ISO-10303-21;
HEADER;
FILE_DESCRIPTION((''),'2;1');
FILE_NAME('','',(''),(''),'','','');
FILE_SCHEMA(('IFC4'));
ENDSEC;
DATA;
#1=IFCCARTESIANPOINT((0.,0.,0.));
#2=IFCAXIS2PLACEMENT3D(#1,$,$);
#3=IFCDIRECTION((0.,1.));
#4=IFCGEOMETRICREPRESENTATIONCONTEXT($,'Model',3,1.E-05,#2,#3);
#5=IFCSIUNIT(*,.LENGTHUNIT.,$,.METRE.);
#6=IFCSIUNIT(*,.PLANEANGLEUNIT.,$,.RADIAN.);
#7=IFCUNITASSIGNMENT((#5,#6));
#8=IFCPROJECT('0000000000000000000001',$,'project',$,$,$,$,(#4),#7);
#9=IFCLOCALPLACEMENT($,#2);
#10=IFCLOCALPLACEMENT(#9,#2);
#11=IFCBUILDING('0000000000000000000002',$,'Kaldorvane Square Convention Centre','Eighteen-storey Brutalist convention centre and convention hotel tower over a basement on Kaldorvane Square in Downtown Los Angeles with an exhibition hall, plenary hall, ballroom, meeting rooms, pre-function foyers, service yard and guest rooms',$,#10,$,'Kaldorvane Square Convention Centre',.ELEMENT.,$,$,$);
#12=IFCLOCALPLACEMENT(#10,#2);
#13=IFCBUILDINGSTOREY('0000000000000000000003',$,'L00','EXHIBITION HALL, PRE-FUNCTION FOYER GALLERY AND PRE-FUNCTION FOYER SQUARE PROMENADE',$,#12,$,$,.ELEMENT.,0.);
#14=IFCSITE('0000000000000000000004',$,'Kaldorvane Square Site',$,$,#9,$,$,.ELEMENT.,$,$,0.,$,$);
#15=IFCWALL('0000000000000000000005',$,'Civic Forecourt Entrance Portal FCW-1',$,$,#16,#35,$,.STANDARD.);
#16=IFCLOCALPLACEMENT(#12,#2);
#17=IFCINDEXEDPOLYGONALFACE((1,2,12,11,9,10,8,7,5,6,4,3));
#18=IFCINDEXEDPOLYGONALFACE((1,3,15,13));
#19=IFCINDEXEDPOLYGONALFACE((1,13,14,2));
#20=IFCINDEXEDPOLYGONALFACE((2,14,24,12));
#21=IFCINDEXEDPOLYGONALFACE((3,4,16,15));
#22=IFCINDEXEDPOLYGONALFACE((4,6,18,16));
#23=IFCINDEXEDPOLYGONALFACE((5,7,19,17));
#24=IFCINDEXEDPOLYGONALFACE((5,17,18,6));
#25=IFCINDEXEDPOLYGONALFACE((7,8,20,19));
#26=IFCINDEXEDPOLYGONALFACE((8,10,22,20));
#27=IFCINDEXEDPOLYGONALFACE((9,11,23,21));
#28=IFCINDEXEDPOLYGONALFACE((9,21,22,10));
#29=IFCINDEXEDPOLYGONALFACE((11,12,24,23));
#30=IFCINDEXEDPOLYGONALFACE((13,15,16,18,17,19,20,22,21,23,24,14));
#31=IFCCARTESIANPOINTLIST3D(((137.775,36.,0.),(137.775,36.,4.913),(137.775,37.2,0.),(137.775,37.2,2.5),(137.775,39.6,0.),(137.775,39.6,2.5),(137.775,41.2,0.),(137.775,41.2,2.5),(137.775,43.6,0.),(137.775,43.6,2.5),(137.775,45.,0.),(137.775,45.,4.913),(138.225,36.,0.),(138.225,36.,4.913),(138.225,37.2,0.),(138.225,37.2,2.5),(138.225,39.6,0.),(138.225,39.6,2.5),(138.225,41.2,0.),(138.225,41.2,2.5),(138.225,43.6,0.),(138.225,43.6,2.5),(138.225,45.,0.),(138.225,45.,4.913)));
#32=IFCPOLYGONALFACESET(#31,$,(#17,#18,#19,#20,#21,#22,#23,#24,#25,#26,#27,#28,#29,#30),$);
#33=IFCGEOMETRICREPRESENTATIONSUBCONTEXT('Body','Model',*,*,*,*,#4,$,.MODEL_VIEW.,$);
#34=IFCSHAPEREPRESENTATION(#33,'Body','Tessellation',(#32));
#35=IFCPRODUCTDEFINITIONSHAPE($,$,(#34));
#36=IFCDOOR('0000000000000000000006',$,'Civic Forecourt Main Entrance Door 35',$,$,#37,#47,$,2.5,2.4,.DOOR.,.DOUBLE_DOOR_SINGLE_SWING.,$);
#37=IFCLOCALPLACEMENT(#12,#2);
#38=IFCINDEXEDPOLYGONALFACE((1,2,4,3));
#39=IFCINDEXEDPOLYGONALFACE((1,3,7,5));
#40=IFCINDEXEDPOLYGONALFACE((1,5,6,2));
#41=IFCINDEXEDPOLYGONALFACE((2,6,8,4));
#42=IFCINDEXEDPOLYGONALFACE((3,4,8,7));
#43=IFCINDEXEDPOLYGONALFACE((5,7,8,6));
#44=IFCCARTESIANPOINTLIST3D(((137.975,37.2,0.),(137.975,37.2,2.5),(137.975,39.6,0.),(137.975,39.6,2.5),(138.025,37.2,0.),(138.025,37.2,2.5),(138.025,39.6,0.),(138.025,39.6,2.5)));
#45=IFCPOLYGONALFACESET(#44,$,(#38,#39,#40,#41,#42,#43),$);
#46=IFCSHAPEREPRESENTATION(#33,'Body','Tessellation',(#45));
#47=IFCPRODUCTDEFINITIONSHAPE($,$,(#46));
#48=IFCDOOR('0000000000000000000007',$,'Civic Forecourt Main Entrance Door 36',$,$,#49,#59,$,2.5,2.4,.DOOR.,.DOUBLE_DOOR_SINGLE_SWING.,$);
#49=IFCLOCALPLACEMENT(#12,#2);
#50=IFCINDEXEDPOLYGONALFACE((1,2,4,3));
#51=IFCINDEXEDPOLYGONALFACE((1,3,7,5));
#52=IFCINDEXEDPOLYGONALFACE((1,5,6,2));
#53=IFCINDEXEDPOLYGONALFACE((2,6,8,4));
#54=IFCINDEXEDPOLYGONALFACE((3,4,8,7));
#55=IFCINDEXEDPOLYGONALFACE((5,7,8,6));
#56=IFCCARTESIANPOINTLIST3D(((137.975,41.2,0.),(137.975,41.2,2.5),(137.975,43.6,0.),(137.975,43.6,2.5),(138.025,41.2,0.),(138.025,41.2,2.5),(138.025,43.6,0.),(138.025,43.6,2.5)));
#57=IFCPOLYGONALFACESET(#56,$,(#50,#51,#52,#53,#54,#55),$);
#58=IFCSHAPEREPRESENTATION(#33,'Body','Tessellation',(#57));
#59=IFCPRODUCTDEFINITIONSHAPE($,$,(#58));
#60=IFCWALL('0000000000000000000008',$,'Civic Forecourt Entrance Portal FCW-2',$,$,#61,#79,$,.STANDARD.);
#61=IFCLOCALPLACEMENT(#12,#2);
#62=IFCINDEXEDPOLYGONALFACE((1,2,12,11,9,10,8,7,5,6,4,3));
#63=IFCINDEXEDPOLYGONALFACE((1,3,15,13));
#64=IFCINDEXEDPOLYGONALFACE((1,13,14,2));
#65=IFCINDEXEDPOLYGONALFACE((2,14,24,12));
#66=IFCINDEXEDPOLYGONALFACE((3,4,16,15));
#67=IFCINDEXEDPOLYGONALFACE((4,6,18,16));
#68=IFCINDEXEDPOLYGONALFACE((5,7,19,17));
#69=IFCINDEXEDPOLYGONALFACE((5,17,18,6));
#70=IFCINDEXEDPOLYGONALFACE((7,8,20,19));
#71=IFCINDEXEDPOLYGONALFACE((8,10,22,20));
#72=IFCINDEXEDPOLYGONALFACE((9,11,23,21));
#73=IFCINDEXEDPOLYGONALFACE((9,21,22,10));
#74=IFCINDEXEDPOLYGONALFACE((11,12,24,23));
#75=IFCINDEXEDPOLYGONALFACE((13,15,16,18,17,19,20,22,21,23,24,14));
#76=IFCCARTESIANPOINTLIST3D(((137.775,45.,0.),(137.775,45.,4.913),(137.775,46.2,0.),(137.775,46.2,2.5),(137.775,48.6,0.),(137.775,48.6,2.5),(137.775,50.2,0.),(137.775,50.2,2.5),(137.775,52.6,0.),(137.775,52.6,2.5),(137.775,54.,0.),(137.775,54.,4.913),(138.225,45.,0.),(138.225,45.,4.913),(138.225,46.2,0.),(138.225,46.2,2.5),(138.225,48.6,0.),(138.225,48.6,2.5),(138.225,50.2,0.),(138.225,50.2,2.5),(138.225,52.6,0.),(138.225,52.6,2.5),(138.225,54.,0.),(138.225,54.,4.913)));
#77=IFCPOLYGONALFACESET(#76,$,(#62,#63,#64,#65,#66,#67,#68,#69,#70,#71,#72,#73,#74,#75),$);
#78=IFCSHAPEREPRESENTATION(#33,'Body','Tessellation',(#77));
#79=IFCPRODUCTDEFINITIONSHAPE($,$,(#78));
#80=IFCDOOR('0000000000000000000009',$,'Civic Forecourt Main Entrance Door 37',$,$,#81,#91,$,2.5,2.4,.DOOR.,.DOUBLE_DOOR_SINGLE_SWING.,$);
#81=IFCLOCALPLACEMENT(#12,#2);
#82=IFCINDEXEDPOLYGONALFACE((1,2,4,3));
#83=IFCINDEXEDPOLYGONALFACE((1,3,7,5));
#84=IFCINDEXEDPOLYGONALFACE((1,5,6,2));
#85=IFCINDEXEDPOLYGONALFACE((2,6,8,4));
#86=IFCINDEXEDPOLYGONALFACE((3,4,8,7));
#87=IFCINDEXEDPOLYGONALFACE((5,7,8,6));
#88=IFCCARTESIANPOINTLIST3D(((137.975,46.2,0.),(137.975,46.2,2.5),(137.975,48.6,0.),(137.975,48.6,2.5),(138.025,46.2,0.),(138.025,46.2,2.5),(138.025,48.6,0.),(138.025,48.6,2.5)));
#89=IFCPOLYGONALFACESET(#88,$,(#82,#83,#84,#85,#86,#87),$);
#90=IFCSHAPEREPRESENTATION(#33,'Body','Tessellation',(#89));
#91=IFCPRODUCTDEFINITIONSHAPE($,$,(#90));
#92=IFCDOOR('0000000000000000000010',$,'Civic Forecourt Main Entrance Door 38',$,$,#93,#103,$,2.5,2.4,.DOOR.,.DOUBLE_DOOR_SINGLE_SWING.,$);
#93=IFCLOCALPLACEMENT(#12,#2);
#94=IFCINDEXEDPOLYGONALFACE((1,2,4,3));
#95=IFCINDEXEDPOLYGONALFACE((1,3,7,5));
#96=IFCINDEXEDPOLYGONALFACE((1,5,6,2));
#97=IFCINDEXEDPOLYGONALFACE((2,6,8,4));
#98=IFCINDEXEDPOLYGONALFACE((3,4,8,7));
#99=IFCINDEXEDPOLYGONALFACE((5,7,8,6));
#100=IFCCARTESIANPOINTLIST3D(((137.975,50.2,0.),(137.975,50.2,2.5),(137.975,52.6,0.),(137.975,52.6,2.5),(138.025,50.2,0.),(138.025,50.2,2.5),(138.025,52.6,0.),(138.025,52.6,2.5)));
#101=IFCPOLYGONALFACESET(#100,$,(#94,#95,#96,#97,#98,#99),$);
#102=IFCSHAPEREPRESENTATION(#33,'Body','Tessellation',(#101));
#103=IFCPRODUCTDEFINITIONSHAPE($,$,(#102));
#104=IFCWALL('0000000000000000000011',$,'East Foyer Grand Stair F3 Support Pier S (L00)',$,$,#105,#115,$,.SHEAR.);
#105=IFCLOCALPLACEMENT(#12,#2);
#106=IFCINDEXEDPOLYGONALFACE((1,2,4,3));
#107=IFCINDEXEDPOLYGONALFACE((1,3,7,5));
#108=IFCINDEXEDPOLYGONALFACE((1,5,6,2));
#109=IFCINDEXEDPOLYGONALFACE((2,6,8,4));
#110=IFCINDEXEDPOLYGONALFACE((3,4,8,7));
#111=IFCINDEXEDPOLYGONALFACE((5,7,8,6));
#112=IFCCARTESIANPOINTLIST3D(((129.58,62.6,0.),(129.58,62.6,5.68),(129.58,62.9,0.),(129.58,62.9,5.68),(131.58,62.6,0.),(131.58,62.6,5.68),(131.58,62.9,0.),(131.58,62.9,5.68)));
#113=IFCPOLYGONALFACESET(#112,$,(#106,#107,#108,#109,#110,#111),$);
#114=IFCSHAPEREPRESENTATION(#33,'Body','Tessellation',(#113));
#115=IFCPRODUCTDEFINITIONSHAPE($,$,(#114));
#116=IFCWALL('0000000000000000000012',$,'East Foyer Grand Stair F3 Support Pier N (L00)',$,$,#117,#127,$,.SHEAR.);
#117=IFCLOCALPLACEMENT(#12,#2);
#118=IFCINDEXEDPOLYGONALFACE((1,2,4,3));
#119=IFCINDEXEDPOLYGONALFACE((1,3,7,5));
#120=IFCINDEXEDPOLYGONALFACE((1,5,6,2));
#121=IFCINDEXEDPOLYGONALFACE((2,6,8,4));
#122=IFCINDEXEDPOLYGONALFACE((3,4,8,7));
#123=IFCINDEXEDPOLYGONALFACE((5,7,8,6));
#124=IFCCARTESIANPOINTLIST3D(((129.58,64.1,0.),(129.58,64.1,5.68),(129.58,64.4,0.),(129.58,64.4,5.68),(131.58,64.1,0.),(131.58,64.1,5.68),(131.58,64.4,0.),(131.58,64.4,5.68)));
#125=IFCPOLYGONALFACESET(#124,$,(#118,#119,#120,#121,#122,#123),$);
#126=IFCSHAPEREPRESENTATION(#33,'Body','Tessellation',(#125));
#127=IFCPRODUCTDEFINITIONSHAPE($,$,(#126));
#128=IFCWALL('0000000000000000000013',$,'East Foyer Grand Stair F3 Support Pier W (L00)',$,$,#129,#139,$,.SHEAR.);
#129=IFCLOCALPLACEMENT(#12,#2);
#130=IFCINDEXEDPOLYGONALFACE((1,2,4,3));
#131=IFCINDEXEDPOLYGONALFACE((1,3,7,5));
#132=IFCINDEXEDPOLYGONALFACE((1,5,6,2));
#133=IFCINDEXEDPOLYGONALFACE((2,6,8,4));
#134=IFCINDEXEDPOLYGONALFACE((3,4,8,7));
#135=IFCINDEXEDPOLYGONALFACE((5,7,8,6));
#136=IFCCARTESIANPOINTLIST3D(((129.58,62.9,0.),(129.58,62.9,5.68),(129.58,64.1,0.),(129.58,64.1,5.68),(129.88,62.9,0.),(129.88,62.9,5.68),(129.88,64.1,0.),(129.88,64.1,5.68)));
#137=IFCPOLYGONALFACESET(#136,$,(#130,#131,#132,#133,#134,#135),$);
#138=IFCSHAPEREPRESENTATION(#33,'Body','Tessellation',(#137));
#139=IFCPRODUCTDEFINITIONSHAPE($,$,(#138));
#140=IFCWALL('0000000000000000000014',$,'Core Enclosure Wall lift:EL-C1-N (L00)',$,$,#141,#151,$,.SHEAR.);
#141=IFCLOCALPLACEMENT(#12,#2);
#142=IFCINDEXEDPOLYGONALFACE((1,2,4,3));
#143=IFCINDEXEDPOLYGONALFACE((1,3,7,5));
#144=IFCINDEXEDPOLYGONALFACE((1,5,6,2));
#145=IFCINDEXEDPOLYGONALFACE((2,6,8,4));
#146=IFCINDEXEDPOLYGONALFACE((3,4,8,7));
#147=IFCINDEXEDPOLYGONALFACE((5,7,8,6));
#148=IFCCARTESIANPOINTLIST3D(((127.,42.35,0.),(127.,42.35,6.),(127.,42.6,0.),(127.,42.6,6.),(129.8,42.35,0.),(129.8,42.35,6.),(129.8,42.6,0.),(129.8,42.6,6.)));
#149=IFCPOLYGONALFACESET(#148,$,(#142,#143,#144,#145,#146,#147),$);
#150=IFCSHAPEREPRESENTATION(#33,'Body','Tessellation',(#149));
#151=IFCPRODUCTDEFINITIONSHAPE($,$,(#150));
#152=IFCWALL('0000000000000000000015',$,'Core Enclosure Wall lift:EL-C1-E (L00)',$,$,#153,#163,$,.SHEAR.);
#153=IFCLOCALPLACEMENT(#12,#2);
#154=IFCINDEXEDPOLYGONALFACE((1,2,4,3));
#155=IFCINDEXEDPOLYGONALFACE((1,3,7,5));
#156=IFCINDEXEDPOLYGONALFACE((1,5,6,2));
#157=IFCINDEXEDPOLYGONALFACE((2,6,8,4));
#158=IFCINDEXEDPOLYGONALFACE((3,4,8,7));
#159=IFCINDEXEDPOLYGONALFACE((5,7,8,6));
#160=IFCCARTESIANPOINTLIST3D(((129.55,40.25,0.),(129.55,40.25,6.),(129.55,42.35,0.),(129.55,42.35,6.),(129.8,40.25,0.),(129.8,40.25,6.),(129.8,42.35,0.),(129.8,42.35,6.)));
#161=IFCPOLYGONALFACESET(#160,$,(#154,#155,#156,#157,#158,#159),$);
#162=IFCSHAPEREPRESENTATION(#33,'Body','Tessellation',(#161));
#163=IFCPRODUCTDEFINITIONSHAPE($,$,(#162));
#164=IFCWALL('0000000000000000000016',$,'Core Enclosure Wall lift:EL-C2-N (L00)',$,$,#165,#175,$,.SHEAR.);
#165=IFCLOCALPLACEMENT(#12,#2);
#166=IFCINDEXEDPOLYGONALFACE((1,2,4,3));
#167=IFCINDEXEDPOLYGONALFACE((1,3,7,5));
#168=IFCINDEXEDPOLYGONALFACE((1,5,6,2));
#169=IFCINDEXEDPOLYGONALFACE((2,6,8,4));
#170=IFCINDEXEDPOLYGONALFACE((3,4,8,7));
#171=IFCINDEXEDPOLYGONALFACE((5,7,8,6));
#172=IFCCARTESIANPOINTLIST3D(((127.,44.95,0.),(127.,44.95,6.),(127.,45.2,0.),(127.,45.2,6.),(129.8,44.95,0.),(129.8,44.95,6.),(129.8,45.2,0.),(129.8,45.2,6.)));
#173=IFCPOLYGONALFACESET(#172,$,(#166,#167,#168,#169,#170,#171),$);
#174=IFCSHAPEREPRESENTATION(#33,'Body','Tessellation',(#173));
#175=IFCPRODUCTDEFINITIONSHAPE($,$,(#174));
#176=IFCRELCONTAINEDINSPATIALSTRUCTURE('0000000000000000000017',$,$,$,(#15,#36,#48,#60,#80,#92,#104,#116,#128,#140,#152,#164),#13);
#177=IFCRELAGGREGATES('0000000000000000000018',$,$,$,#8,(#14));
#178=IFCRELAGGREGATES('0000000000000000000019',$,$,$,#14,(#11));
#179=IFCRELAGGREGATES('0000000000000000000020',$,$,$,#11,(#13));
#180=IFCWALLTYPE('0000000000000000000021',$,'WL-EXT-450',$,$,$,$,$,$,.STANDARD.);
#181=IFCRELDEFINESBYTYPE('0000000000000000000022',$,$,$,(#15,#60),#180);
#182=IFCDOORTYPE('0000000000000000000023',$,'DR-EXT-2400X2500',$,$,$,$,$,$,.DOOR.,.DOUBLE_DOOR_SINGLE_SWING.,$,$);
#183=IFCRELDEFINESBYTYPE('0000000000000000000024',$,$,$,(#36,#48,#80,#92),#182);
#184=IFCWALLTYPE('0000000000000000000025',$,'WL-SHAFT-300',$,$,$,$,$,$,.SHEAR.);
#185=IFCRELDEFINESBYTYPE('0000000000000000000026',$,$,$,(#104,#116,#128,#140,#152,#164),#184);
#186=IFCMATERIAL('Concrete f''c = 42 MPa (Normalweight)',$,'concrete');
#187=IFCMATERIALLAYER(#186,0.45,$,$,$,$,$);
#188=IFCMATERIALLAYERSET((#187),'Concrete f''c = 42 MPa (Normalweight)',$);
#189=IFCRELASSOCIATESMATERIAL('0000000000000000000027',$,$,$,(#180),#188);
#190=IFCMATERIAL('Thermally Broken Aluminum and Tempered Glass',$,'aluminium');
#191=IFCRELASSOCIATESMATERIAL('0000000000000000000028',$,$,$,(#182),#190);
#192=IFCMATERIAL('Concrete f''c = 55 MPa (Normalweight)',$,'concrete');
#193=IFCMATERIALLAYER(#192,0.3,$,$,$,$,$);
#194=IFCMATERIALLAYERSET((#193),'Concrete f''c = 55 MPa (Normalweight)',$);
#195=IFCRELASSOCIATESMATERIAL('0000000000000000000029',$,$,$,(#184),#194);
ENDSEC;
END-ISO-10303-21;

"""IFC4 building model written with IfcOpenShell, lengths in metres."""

from ifc_helpers import new_model, si_unit, direction, frame, frame_2d, origin, place, context, subcontext, project, spatial, rectangle, extrude, material, layer, layer_set, type_object, element, fill, save


model = new_model("IFC4")

# Units and contexts
model_context = context("Model", 3, precision=1e-05, world=origin(), true_north=direction((0.0, 1.0)))
body_context = subcontext(model_context, "Body", "Model", "MODEL_VIEW")
ifc_project = project(units=[si_unit("LENGTHUNIT", "METRE"), si_unit("PLANEANGLEUNIT", "RADIAN")], contexts=[model_context])

# Site, building, storey
site_placement = place(None, origin())
site = spatial("IfcSite", under=ifc_project, at=site_placement, Name="Kaldorvane Square Site", CompositionType="ELEMENT", RefElevation=0.0)
building_placement = place(site_placement, origin())
building = spatial("IfcBuilding", under=site, at=building_placement, Name="Kaldorvane Square Convention Centre", Description="Eighteen-storey Brutalist convention centre and convention hotel tower over a basement on Kaldorvane Square in Downtown Los Angeles with an exhibition hall, plenary hall, ballroom, meeting rooms, pre-function foyers, service yard and guest rooms", LongName="Kaldorvane Square Convention Centre", CompositionType="ELEMENT")
storey_placement = place(building_placement, origin())
storey = spatial("IfcBuildingStorey", under=building, at=storey_placement, Name="L00", Description="EXHIBITION HALL, PRE-FUNCTION FOYER GALLERY AND PRE-FUNCTION FOYER SQUARE PROMENADE", CompositionType="ELEMENT", Elevation=0.0)

# Walls, openings, doors
ifc_material_1 = material(Name="Concrete f'c = 42 MPa (Normalweight)", Category="concrete")
ifc_layer_1 = layer(ifc_material_1, 0.45)
ifc_layer_set_1 = layer_set([ifc_layer_1], Name="Concrete f'c = 42 MPa (Normalweight)")
wall_type_1 = type_object("IfcWallType", Name="WL-EXT-450", PredefinedType="STANDARD", material=ifc_layer_set_1)
wall_1_placement = place(storey_placement, frame((138.0, 36.0, 0.0), z_axis=(0.0, 0.0, 1.0), x_axis=(0.0, 1.0, 0.0)))
wall_1 = element("IfcWall", 1, at=wall_1_placement, inside=storey, type_object=wall_type_1, Name="Civic Forecourt Entrance Portal FCW-1", PredefinedType="STANDARD", context=body_context, shape_type="SweptSolid", body=[
    extrude(rectangle(XDim=9.0, YDim=0.45, at=frame_2d((4.5, 0.0))), origin(), (0.0, 0.0, 1.0), 4.913),
])
opening_1_placement = place(wall_1_placement, frame((1.2, 0.0, 0.0)))
opening_1 = element("IfcOpeningElement", 2, at=opening_1_placement, cuts=wall_1, PredefinedType="OPENING", context=body_context, shape_type="SweptSolid", body=[
    extrude(rectangle(XDim=2.4, YDim=2.5, at=frame_2d((1.2, 1.25))), frame((0.0, 0.24, 0.0), z_axis=(0.0, -1.0, 0.0), x_axis=(1.0, 0.0, 0.0)), (0.0, 0.0, 1.0), 0.48),
])
opening_2_placement = place(wall_1_placement, frame((5.2, 0.0, 0.0)))
opening_2 = element("IfcOpeningElement", 3, at=opening_2_placement, cuts=wall_1, PredefinedType="OPENING", context=body_context, shape_type="SweptSolid", body=[
    extrude(rectangle(XDim=2.4, YDim=2.5, at=frame_2d((1.2, 1.25))), frame((0.0, 0.24, 0.0), z_axis=(0.0, -1.0, 0.0), x_axis=(1.0, 0.0, 0.0)), (0.0, 0.0, 1.0), 0.48),
])
ifc_material_2 = material(Name="Thermally Broken Aluminum and Tempered Glass", Category="aluminium")
door_type = type_object("IfcDoorType", Name="DR-EXT-2400X2500", OperationType="DOUBLE_DOOR_SINGLE_SWING", PredefinedType="DOOR", material=ifc_material_2)
door_1_placement = place(opening_1_placement, origin())
door_1 = element("IfcDoor", 4, at=door_1_placement, inside=storey, type_object=door_type, Name="Civic Forecourt Main Entrance Door 35", OperationType="DOUBLE_DOOR_SINGLE_SWING", OverallHeight=2.5, OverallWidth=2.4, PredefinedType="DOOR", context=body_context, shape_type="SweptSolid", body=[
    extrude(rectangle(XDim=2.4, YDim=2.5, at=frame_2d((1.2, 1.25))), frame((0.0, 0.025, 0.0), z_axis=(0.0, -1.0, 0.0), x_axis=(1.0, 0.0, 0.0)), (0.0, 0.0, 1.0), 0.05),
])
fill(opening_1, door_1)
door_2_placement = place(opening_2_placement, origin())
door_2 = element("IfcDoor", 5, at=door_2_placement, inside=storey, type_object=door_type, Name="Civic Forecourt Main Entrance Door 36", OperationType="DOUBLE_DOOR_SINGLE_SWING", OverallHeight=2.5, OverallWidth=2.4, PredefinedType="DOOR", context=body_context, shape_type="SweptSolid", body=[
    extrude(rectangle(XDim=2.4, YDim=2.5, at=frame_2d((1.2, 1.25))), frame((0.0, 0.025, 0.0), z_axis=(0.0, -1.0, 0.0), x_axis=(1.0, 0.0, 0.0)), (0.0, 0.0, 1.0), 0.05),
])
fill(opening_2, door_2)
wall_2_placement = place(storey_placement, frame((138.0, 45.0, 0.0), z_axis=(0.0, 0.0, 1.0), x_axis=(0.0, 1.0, 0.0)))
wall_2 = element("IfcWall", 6, at=wall_2_placement, inside=storey, type_object=wall_type_1, Name="Civic Forecourt Entrance Portal FCW-2", PredefinedType="STANDARD", context=body_context, shape_type="SweptSolid", body=[
    extrude(rectangle(XDim=9.0, YDim=0.45, at=frame_2d((4.5, 0.0))), origin(), (0.0, 0.0, 1.0), 4.913),
])
opening_3_placement = place(wall_2_placement, frame((1.2, 0.0, 0.0)))
opening_3 = element("IfcOpeningElement", 7, at=opening_3_placement, cuts=wall_2, PredefinedType="OPENING", context=body_context, shape_type="SweptSolid", body=[
    extrude(rectangle(XDim=2.4, YDim=2.5, at=frame_2d((1.2, 1.25))), frame((0.0, 0.24, 0.0), z_axis=(0.0, -1.0, 0.0), x_axis=(1.0, 0.0, 0.0)), (0.0, 0.0, 1.0), 0.48),
])
opening_4_placement = place(wall_2_placement, frame((5.2, 0.0, 0.0)))
opening_4 = element("IfcOpeningElement", 8, at=opening_4_placement, cuts=wall_2, PredefinedType="OPENING", context=body_context, shape_type="SweptSolid", body=[
    extrude(rectangle(XDim=2.4, YDim=2.5, at=frame_2d((1.2, 1.25))), frame((0.0, 0.24, 0.0), z_axis=(0.0, -1.0, 0.0), x_axis=(1.0, 0.0, 0.0)), (0.0, 0.0, 1.0), 0.48),
])
door_3_placement = place(opening_3_placement, origin())
door_3 = element("IfcDoor", 9, at=door_3_placement, inside=storey, type_object=door_type, Name="Civic Forecourt Main Entrance Door 37", OperationType="DOUBLE_DOOR_SINGLE_SWING", OverallHeight=2.5, OverallWidth=2.4, PredefinedType="DOOR", context=body_context, shape_type="SweptSolid", body=[
    extrude(rectangle(XDim=2.4, YDim=2.5, at=frame_2d((1.2, 1.25))), frame((0.0, 0.025, 0.0), z_axis=(0.0, -1.0, 0.0), x_axis=(1.0, 0.0, 0.0)), (0.0, 0.0, 1.0), 0.05),
])
fill(opening_3, door_3)
door_4_placement = place(opening_4_placement, origin())
door_4 = element("IfcDoor", 10, at=door_4_placement, inside=storey, type_object=door_type, Name="Civic Forecourt Main Entrance Door 38", OperationType="DOUBLE_DOOR_SINGLE_SWING", OverallHeight=2.5, OverallWidth=2.4, PredefinedType="DOOR", context=body_context, shape_type="SweptSolid", body=[
    extrude(rectangle(XDim=2.4, YDim=2.5, at=frame_2d((1.2, 1.25))), frame((0.0, 0.025, 0.0), z_axis=(0.0, -1.0, 0.0), x_axis=(1.0, 0.0, 0.0)), (0.0, 0.0, 1.0), 0.05),
])
fill(opening_4, door_4)

# Walls
ifc_material_3 = material(Name="Concrete f'c = 55 MPa (Normalweight)", Category="concrete")
ifc_layer_2 = layer(ifc_material_3, 0.3)
ifc_layer_set_2 = layer_set([ifc_layer_2], Name="Concrete f'c = 55 MPa (Normalweight)")
wall_type_2 = type_object("IfcWallType", Name="WL-SHAFT-300", PredefinedType="SHEAR", material=ifc_layer_set_2)
for number, where, z_axis, x_axis, name in (
    (11, (129.58, 62.75, 0.0), (0.0, 0.0, 1.0), (1.0, 0.0, 0.0), "East Foyer Grand Stair F3 Support Pier S (L00)"),
    (12, (129.58, 64.25, 0.0), (0.0, 0.0, 1.0), (1.0, 0.0, 0.0), "East Foyer Grand Stair F3 Support Pier N (L00)"),
):
    element("IfcWall", number, at=place(storey_placement, frame(where, z_axis=z_axis, x_axis=x_axis)), inside=storey, type_object=wall_type_2, Name=name, PredefinedType="SHEAR", context=body_context, shape_type="SweptSolid", body=[
        extrude(rectangle(XDim=2.0, YDim=0.3, at=frame_2d((1.0, 0.0))), origin(), (0.0, 0.0, 1.0), 5.68),
    ])
wall_3_placement = place(storey_placement, frame((129.73, 62.9, 0.0), z_axis=(0.0, 0.0, 1.0), x_axis=(0.0, 1.0, 0.0)))
element("IfcWall", 13, at=wall_3_placement, inside=storey, type_object=wall_type_2, Name="East Foyer Grand Stair F3 Support Pier W (L00)", PredefinedType="SHEAR", context=body_context, shape_type="SweptSolid", body=[
    extrude(rectangle(XDim=1.2, YDim=0.3, at=frame_2d((0.6, 0.0))), origin(), (0.0, 0.0, 1.0), 5.68),
])
wall_4_placement = place(storey_placement, frame((129.8, 42.475, 0.0), z_axis=(0.0, 0.0, 1.0), x_axis=(-1.0, 0.0, 0.0)))
element("IfcWall", 14, at=wall_4_placement, inside=storey, type_object=wall_type_2, Name="Core Enclosure Wall lift:EL-C1-N (L00)", PredefinedType="SHEAR", context=body_context, shape_type="SweptSolid", body=[
    extrude(rectangle(XDim=2.8, YDim=0.25, at=frame_2d((1.4, 0.0))), origin(), (0.0, 0.0, 1.0), 6.0),
])
wall_5_placement = place(storey_placement, frame((129.675, 40.25, 0.0), z_axis=(0.0, 0.0, 1.0), x_axis=(0.0, 1.0, 0.0)))
element("IfcWall", 15, at=wall_5_placement, inside=storey, type_object=wall_type_2, Name="Core Enclosure Wall lift:EL-C1-E (L00)", PredefinedType="SHEAR", context=body_context, shape_type="SweptSolid", body=[
    extrude(rectangle(XDim=2.1, YDim=0.25, at=frame_2d((1.05, 0.0))), origin(), (0.0, 0.0, 1.0), 6.0),
])
wall_6_placement = place(storey_placement, frame((129.8, 45.075, 0.0), z_axis=(0.0, 0.0, 1.0), x_axis=(-1.0, 0.0, 0.0)))
element("IfcWall", 16, at=wall_6_placement, inside=storey, type_object=wall_type_2, Name="Core Enclosure Wall lift:EL-C2-N (L00)", PredefinedType="SHEAR", context=body_context, shape_type="SweptSolid", body=[
    extrude(rectangle(XDim=2.8, YDim=0.25, at=frame_2d((1.4, 0.0))), origin(), (0.0, 0.0, 1.0), 6.0),
])

save(model, "model.ifc")
